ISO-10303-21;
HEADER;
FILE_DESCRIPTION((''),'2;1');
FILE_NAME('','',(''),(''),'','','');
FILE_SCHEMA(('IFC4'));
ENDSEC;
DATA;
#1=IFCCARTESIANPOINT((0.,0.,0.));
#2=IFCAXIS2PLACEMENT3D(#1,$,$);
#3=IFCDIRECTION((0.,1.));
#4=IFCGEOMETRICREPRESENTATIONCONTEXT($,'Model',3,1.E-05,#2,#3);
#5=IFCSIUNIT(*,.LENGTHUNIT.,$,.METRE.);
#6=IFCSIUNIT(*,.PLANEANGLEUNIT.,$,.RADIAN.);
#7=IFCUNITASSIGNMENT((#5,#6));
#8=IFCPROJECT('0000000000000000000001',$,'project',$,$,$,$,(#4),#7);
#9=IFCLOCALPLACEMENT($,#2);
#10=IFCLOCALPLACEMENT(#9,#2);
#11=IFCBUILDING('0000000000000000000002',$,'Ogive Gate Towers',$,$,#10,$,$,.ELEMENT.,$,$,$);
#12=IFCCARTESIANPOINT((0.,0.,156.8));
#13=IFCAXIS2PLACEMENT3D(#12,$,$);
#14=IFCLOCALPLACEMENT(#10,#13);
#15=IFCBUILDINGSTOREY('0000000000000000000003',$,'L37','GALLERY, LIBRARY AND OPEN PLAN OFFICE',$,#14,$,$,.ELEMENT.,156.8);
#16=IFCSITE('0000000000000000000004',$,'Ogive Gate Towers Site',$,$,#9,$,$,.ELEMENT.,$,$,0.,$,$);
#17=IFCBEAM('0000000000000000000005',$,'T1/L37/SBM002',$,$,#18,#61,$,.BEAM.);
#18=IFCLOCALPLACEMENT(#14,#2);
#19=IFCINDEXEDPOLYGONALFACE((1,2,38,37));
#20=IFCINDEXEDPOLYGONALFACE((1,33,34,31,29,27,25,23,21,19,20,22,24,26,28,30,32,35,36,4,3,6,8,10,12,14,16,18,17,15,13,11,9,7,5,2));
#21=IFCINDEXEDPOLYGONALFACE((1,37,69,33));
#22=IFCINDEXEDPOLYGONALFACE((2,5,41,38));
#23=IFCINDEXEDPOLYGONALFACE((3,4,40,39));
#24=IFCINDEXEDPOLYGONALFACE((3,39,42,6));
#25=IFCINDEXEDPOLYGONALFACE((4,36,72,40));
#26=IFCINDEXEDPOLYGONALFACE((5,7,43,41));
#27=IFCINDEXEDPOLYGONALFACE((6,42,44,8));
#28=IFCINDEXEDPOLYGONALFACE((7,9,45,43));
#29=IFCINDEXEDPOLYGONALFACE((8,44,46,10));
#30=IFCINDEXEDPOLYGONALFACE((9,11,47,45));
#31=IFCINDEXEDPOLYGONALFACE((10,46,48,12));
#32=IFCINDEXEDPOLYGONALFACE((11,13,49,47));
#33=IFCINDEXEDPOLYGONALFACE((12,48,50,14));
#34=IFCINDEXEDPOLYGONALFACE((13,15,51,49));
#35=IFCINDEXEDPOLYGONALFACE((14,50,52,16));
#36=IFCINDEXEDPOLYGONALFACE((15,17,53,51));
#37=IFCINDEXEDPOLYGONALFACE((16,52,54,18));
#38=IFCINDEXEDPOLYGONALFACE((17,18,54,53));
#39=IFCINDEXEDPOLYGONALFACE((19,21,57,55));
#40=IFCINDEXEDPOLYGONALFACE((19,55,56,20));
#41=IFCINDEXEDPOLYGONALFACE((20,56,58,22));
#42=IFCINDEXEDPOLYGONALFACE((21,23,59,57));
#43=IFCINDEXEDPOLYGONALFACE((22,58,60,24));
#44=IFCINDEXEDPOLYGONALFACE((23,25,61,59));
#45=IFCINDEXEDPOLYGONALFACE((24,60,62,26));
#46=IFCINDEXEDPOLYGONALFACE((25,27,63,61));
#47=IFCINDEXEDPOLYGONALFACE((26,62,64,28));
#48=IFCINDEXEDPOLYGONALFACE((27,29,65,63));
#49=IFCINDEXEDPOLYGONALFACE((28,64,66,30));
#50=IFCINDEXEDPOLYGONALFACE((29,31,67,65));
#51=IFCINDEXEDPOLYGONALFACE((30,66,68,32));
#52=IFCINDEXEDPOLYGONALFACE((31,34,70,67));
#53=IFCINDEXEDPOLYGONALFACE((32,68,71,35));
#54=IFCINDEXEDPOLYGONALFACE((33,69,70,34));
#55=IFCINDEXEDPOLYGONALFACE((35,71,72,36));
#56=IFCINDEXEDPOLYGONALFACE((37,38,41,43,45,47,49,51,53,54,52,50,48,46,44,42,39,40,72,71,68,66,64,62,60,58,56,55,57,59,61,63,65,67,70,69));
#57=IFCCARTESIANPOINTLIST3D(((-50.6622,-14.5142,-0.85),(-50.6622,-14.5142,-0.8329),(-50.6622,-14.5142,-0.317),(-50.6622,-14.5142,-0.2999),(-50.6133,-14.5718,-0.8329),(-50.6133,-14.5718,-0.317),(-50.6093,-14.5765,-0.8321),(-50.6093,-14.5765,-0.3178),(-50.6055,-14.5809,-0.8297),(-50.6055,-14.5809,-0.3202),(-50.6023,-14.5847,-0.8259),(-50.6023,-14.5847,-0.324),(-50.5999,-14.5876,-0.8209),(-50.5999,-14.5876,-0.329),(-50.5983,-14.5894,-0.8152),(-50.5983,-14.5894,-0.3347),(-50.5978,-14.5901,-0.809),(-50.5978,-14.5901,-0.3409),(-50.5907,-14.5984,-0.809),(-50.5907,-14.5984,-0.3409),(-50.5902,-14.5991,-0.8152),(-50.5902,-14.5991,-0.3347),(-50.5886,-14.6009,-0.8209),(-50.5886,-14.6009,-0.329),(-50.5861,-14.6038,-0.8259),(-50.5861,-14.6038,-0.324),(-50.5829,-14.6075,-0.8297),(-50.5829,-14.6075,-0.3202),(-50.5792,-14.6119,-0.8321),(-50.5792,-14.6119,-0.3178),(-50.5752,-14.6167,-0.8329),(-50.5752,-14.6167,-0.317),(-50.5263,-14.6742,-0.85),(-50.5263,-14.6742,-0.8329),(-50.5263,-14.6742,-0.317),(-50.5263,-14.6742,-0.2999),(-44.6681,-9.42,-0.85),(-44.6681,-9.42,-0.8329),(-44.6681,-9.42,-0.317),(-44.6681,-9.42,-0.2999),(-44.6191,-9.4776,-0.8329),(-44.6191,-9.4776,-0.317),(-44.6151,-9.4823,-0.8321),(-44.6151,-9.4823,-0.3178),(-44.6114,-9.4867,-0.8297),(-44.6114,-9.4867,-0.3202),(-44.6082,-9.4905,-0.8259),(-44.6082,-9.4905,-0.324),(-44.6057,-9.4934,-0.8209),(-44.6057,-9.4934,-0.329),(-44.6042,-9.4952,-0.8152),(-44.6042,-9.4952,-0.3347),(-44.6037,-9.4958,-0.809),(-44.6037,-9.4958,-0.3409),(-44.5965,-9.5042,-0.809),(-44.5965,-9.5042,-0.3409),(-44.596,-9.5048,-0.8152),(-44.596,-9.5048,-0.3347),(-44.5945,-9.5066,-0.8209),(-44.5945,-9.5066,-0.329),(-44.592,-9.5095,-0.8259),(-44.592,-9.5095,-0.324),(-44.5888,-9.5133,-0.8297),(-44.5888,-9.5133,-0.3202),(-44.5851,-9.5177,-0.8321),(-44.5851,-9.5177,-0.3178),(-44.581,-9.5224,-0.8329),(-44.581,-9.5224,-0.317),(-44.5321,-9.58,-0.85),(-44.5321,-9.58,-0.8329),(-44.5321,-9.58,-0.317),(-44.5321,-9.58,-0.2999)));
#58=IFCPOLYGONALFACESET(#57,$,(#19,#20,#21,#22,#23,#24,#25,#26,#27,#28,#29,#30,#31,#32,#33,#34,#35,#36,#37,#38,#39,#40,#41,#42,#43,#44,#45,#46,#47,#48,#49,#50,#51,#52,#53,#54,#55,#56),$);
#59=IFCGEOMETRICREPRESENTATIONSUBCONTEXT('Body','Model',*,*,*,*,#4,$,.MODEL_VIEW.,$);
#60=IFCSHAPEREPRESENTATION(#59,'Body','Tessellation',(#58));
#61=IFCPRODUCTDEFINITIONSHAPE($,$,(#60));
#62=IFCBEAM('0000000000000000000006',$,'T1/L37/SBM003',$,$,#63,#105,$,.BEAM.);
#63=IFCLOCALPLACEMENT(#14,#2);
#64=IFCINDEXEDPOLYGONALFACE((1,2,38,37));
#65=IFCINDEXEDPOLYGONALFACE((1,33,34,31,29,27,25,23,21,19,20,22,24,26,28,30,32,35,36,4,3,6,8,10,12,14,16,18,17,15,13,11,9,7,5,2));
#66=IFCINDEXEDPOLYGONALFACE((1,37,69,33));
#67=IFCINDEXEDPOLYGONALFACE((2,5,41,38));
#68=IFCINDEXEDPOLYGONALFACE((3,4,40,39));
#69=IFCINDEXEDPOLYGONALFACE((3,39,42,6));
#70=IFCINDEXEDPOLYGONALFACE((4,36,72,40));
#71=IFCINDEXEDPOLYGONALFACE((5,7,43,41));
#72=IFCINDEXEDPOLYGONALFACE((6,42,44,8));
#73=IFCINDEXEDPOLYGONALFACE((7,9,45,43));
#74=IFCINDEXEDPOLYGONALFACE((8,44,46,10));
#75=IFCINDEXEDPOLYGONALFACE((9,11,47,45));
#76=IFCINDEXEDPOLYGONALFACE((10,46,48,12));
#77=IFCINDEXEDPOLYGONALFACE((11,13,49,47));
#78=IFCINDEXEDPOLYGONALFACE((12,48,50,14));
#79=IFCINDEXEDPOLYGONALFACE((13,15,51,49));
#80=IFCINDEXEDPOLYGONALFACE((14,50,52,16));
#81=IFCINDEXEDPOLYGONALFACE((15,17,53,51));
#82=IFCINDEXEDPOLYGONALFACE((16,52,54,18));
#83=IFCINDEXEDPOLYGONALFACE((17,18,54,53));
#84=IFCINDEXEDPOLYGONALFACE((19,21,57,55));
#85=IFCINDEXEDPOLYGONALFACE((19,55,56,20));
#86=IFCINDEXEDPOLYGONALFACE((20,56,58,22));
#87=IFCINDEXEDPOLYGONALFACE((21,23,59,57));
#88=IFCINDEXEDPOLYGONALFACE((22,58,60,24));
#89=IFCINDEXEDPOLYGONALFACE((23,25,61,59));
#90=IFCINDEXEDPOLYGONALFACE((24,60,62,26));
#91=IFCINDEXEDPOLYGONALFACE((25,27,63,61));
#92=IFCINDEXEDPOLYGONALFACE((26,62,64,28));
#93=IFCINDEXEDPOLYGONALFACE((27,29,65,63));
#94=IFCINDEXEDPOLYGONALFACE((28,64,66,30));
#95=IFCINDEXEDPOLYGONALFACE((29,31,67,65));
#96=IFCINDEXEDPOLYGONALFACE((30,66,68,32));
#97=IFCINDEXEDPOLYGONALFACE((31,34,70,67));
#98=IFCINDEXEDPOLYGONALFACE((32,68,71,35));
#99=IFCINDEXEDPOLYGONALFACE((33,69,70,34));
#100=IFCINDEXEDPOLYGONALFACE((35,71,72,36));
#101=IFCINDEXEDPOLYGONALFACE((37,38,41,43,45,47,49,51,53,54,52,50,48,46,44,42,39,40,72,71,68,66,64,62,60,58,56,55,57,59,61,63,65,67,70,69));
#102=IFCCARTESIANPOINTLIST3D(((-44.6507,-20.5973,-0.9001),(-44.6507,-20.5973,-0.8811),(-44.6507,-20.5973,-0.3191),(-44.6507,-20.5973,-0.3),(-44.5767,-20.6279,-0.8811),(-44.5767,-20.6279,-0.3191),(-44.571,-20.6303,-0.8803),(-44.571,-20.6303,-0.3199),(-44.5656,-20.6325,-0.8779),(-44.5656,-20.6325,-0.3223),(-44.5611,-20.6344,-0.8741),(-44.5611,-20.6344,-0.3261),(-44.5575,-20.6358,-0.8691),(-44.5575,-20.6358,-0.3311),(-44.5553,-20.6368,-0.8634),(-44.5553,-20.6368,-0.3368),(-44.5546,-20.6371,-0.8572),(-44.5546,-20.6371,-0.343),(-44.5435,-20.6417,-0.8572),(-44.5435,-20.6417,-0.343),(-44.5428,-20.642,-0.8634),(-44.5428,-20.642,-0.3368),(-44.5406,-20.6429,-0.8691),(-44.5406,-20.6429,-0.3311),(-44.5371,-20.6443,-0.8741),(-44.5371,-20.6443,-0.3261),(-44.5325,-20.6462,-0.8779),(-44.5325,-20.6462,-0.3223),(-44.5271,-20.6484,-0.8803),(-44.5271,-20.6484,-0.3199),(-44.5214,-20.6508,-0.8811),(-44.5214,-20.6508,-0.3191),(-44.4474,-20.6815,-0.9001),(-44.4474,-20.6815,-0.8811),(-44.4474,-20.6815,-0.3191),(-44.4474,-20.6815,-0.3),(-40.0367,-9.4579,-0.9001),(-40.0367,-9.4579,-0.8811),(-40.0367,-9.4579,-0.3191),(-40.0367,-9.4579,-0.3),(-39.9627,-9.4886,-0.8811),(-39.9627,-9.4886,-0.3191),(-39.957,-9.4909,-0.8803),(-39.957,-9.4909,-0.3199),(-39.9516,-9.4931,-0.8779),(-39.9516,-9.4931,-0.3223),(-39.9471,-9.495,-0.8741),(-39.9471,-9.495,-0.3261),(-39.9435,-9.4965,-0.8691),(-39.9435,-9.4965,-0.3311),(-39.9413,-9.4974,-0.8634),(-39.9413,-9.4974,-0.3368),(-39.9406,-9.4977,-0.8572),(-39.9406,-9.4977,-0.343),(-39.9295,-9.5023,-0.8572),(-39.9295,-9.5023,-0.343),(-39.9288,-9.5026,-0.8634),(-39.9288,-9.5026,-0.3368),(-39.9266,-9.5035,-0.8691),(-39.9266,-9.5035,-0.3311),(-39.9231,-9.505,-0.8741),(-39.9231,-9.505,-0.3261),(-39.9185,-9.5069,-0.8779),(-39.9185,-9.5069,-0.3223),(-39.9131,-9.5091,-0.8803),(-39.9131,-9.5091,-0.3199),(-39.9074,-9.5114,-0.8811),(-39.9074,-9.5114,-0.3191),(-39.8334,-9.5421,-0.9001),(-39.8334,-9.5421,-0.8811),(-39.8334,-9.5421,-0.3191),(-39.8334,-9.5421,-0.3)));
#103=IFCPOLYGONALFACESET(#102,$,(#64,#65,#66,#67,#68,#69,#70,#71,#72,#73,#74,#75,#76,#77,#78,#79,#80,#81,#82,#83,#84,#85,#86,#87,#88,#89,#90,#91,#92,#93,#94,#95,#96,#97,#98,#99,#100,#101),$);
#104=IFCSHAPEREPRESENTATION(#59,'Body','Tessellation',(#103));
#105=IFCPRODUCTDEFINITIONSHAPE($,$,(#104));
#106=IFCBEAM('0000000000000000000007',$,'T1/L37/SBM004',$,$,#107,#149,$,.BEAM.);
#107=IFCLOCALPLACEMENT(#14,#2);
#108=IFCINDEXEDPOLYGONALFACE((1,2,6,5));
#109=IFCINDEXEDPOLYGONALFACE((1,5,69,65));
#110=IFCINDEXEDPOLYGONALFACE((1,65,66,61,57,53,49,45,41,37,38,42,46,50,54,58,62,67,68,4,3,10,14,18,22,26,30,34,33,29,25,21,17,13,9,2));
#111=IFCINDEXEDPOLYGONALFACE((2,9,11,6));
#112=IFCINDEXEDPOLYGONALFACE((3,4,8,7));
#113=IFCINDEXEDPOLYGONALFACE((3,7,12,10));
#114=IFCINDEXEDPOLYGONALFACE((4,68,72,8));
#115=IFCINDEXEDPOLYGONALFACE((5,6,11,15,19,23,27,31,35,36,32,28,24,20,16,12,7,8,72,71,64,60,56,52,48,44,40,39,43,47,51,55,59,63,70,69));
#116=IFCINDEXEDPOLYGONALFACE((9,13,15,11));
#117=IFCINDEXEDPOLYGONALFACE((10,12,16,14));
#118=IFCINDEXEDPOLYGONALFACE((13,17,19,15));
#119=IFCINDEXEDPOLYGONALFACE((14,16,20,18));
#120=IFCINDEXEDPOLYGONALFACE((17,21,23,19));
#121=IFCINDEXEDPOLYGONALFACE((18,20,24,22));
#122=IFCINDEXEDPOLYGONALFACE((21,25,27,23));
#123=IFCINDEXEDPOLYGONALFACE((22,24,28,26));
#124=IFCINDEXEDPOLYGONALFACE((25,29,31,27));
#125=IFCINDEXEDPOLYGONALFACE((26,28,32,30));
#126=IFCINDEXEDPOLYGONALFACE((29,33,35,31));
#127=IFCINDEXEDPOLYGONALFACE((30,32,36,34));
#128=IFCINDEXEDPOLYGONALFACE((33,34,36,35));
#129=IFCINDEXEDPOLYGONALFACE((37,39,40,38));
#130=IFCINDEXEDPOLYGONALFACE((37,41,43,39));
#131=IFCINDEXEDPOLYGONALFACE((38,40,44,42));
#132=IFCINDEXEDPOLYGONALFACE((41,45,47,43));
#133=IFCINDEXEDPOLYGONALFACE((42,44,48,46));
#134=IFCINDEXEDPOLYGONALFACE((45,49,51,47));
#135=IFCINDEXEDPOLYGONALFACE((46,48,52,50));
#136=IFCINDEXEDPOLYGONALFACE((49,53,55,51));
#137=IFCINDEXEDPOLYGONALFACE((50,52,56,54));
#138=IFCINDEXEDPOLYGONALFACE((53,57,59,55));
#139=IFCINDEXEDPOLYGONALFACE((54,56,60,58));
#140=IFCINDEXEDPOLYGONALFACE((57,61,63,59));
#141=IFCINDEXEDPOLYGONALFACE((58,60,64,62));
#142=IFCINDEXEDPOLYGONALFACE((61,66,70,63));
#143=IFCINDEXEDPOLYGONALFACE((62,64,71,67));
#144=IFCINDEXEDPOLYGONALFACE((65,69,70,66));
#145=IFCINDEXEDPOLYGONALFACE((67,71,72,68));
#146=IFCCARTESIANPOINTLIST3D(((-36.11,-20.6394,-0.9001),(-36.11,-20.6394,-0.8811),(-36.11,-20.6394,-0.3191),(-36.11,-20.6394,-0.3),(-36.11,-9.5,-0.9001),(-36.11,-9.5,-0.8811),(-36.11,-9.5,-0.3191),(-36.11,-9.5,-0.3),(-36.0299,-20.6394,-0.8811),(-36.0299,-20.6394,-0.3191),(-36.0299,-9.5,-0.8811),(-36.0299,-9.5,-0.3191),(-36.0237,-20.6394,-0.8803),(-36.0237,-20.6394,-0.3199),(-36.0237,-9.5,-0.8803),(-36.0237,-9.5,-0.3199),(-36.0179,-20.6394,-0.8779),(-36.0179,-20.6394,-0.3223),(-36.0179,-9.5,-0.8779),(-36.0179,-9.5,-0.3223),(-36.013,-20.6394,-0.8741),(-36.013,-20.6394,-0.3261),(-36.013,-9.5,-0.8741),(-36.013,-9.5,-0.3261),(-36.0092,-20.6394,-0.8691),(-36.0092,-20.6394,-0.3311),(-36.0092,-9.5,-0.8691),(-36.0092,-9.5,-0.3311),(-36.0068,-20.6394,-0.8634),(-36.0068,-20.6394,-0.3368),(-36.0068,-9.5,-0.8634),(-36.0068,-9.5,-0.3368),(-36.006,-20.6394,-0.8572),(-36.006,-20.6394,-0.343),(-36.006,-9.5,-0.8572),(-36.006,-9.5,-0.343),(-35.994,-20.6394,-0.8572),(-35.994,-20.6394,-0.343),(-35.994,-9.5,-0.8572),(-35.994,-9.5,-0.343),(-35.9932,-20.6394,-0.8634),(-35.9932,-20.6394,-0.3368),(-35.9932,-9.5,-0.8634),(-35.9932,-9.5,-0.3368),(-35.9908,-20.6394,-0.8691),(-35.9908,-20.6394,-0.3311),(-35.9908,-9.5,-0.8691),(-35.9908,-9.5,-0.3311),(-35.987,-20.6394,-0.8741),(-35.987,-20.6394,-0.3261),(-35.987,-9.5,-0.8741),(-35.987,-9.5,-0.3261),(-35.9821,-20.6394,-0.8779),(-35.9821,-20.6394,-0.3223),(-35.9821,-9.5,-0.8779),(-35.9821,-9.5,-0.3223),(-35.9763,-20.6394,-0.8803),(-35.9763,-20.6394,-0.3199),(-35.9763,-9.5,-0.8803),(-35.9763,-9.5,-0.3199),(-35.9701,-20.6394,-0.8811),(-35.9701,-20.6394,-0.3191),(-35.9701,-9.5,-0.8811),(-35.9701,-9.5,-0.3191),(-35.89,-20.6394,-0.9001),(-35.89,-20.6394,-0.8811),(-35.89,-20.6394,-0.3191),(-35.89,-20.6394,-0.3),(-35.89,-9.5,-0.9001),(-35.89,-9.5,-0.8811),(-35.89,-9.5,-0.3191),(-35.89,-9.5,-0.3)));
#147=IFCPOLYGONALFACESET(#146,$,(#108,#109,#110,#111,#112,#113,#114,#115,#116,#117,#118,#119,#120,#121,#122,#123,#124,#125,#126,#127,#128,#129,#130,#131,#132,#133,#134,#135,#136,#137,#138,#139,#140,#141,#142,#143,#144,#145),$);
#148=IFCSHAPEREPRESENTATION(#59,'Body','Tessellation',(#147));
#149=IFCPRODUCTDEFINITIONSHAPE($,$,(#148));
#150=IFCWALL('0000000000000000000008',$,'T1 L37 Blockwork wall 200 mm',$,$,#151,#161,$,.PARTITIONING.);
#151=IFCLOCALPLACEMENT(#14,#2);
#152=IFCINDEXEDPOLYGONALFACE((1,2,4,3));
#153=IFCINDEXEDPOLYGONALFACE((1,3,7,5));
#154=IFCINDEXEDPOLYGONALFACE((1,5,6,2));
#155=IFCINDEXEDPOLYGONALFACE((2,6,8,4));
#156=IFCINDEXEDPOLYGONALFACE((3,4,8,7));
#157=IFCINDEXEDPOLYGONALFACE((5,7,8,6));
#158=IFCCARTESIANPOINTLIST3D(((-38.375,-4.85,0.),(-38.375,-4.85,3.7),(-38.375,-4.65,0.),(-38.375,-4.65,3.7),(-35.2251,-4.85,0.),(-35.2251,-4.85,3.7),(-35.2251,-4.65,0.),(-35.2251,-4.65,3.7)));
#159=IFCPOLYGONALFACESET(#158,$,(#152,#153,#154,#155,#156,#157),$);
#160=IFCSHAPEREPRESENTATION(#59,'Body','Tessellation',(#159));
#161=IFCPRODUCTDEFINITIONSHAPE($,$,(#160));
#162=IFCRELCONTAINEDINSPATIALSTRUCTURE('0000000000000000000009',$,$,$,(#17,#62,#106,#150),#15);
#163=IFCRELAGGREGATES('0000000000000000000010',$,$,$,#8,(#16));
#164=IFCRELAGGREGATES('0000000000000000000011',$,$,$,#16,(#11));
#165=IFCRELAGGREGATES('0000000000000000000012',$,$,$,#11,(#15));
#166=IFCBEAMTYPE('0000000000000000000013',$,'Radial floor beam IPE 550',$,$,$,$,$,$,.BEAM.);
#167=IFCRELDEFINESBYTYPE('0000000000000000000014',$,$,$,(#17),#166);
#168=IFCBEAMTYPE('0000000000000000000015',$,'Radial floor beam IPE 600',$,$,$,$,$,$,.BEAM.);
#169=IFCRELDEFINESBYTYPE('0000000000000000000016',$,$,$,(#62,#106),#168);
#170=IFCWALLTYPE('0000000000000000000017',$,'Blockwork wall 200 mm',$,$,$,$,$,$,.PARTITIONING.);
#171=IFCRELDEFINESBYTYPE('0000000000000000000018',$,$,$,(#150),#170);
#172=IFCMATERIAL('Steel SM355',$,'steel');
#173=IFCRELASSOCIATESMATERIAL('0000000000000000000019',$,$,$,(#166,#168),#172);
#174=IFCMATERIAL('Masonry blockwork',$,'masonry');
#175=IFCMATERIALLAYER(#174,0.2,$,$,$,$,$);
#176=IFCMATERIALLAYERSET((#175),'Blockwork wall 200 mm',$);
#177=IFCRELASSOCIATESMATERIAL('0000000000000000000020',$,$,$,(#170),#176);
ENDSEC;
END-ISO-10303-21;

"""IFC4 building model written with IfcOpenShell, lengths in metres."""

from ifc_helpers import new_model, si_unit, direction, frame, frame_2d, origin, origin_2d, place, context, subcontext, project, spatial, rectangle, i_section, extrude, material, layer, layer_set, material_profile, profile_set, type_object, element, save


model = new_model("IFC4")

# Units and contexts
model_context = context("Model", 3, precision=1e-05, world=origin(), true_north=direction((0.0, 1.0)))
body_context = subcontext(model_context, "Body", "Model", "MODEL_VIEW")
ifc_project = project(units=[si_unit("LENGTHUNIT", "METRE"), si_unit("PLANEANGLEUNIT", "RADIAN")], contexts=[model_context])

# Site, building, storey
site_placement = place(None, origin())
site = spatial("IfcSite", under=ifc_project, at=site_placement, Name="Ogive Gate Towers Site", CompositionType="ELEMENT", RefElevation=0.0)
building_placement = place(site_placement, origin())
building = spatial("IfcBuilding", under=site, at=building_placement, Name="Ogive Gate Towers", CompositionType="ELEMENT")
storey_placement = place(building_placement, frame((0.0, 0.0, 156.8)))
storey = spatial("IfcBuildingStorey", under=building, at=storey_placement, Name="L37", Description="GALLERY, LIBRARY AND OPEN PLAN OFFICE", CompositionType="ELEMENT", Elevation=156.8)

# Beams
ifc_material_1 = material(Name="Steel SM355", Category="steel")
ifc_material_profile_1 = material_profile(ifc_material_1, i_section(OverallWidth=0.21, OverallDepth=0.55, WebThickness=0.011, FlangeThickness=0.0171, FilletRadius=0.0239, at=origin_2d()), Name="IPE 550")
ifc_profile_set_1 = profile_set([ifc_material_profile_1], Name="Steel SM355")
beam_type_1 = type_object("IfcBeamType", Name="Radial floor beam IPE 550", PredefinedType="BEAM", material=ifc_profile_set_1)
beam_1_placement = place(storey_placement, frame((-44.6001, -9.5, -0.575), z_axis=(-0.761988, -0.647591, 0.0), x_axis=(0.647591, -0.761988, 0.0)))
element("IfcBeam", 1, at=beam_1_placement, inside=storey, type_object=beam_type_1, Name="T1/L37/SBM002", PredefinedType="BEAM", context=body_context, shape_type="SweptSolid", body=[
    extrude(i_section(OverallWidth=0.21, OverallDepth=0.55, WebThickness=0.011, FlangeThickness=0.0171, FilletRadius=0.0239, at=origin_2d()), origin(), (0.0, 0.0, 1.0), 7.8665),
])
ifc_material_profile_2 = material_profile(ifc_material_1, i_section(OverallWidth=0.22, OverallDepth=0.6001, WebThickness=0.012, FlangeThickness=0.019, FilletRadius=0.0239, at=origin_2d()), Name="IPE 600")
ifc_profile_set_2 = profile_set([ifc_material_profile_2], Name="Steel SM355")
beam_type_2 = type_object("IfcBeamType", Name="Radial floor beam IPE 600", PredefinedType="BEAM", material=ifc_profile_set_2)
beam_2_placement = place(storey_placement, frame((-39.9351, -9.5, -0.6001), z_axis=(-0.382678, -0.923882, 0.0), x_axis=(0.923882, -0.382678, 0.0)))
element("IfcBeam", 2, at=beam_2_placement, inside=storey, type_object=beam_type_2, Name="T1/L37/SBM003", PredefinedType="BEAM", context=body_context, shape_type="SweptSolid", body=[
    extrude(i_section(OverallWidth=0.22, OverallDepth=0.6001, WebThickness=0.012, FlangeThickness=0.019, FilletRadius=0.0239, at=origin_2d()), origin(), (0.0, 0.0, 1.0), 12.0571),
])
beam_3_placement = place(storey_placement, frame((-36.0, -9.5, -0.6001), z_axis=(0.0, -1.0, 0.0), x_axis=(1.0, 0.0, 0.0)))
element("IfcBeam", 3, at=beam_3_placement, inside=storey, type_object=beam_type_2, Name="T1/L37/SBM004", PredefinedType="BEAM", context=body_context, shape_type="SweptSolid", body=[
    extrude(i_section(OverallWidth=0.22, OverallDepth=0.6001, WebThickness=0.012, FlangeThickness=0.019, FilletRadius=0.0239, at=origin_2d()), origin(), (0.0, 0.0, 1.0), 11.1394),
])

# Wall
ifc_material_2 = material(Name="Masonry blockwork", Category="masonry")
ifc_layer_1 = layer(ifc_material_2, 0.2)
ifc_layer_set_1 = layer_set([ifc_layer_1], Name="Blockwork wall 200 mm")
wall_type_1 = type_object("IfcWallType", Name="Blockwork wall 200 mm", PredefinedType="PARTITIONING", material=ifc_layer_set_1)
wall_1_placement = place(storey_placement, frame((-38.375, -4.75, 0.0), z_axis=(0.0, 0.0, 1.0), x_axis=(1.0, 0.0, 0.0)))
element("IfcWall", 4, at=wall_1_placement, inside=storey, type_object=wall_type_1, Name="T1 L37 Blockwork wall 200 mm", PredefinedType="PARTITIONING", context=body_context, shape_type="SweptSolid", body=[
    extrude(rectangle(XDim=3.1499, YDim=0.2, at=frame_2d((1.575, 0.0))), origin(), (0.0, 0.0, 1.0), 3.7),
])

save(model, "model.ifc")
